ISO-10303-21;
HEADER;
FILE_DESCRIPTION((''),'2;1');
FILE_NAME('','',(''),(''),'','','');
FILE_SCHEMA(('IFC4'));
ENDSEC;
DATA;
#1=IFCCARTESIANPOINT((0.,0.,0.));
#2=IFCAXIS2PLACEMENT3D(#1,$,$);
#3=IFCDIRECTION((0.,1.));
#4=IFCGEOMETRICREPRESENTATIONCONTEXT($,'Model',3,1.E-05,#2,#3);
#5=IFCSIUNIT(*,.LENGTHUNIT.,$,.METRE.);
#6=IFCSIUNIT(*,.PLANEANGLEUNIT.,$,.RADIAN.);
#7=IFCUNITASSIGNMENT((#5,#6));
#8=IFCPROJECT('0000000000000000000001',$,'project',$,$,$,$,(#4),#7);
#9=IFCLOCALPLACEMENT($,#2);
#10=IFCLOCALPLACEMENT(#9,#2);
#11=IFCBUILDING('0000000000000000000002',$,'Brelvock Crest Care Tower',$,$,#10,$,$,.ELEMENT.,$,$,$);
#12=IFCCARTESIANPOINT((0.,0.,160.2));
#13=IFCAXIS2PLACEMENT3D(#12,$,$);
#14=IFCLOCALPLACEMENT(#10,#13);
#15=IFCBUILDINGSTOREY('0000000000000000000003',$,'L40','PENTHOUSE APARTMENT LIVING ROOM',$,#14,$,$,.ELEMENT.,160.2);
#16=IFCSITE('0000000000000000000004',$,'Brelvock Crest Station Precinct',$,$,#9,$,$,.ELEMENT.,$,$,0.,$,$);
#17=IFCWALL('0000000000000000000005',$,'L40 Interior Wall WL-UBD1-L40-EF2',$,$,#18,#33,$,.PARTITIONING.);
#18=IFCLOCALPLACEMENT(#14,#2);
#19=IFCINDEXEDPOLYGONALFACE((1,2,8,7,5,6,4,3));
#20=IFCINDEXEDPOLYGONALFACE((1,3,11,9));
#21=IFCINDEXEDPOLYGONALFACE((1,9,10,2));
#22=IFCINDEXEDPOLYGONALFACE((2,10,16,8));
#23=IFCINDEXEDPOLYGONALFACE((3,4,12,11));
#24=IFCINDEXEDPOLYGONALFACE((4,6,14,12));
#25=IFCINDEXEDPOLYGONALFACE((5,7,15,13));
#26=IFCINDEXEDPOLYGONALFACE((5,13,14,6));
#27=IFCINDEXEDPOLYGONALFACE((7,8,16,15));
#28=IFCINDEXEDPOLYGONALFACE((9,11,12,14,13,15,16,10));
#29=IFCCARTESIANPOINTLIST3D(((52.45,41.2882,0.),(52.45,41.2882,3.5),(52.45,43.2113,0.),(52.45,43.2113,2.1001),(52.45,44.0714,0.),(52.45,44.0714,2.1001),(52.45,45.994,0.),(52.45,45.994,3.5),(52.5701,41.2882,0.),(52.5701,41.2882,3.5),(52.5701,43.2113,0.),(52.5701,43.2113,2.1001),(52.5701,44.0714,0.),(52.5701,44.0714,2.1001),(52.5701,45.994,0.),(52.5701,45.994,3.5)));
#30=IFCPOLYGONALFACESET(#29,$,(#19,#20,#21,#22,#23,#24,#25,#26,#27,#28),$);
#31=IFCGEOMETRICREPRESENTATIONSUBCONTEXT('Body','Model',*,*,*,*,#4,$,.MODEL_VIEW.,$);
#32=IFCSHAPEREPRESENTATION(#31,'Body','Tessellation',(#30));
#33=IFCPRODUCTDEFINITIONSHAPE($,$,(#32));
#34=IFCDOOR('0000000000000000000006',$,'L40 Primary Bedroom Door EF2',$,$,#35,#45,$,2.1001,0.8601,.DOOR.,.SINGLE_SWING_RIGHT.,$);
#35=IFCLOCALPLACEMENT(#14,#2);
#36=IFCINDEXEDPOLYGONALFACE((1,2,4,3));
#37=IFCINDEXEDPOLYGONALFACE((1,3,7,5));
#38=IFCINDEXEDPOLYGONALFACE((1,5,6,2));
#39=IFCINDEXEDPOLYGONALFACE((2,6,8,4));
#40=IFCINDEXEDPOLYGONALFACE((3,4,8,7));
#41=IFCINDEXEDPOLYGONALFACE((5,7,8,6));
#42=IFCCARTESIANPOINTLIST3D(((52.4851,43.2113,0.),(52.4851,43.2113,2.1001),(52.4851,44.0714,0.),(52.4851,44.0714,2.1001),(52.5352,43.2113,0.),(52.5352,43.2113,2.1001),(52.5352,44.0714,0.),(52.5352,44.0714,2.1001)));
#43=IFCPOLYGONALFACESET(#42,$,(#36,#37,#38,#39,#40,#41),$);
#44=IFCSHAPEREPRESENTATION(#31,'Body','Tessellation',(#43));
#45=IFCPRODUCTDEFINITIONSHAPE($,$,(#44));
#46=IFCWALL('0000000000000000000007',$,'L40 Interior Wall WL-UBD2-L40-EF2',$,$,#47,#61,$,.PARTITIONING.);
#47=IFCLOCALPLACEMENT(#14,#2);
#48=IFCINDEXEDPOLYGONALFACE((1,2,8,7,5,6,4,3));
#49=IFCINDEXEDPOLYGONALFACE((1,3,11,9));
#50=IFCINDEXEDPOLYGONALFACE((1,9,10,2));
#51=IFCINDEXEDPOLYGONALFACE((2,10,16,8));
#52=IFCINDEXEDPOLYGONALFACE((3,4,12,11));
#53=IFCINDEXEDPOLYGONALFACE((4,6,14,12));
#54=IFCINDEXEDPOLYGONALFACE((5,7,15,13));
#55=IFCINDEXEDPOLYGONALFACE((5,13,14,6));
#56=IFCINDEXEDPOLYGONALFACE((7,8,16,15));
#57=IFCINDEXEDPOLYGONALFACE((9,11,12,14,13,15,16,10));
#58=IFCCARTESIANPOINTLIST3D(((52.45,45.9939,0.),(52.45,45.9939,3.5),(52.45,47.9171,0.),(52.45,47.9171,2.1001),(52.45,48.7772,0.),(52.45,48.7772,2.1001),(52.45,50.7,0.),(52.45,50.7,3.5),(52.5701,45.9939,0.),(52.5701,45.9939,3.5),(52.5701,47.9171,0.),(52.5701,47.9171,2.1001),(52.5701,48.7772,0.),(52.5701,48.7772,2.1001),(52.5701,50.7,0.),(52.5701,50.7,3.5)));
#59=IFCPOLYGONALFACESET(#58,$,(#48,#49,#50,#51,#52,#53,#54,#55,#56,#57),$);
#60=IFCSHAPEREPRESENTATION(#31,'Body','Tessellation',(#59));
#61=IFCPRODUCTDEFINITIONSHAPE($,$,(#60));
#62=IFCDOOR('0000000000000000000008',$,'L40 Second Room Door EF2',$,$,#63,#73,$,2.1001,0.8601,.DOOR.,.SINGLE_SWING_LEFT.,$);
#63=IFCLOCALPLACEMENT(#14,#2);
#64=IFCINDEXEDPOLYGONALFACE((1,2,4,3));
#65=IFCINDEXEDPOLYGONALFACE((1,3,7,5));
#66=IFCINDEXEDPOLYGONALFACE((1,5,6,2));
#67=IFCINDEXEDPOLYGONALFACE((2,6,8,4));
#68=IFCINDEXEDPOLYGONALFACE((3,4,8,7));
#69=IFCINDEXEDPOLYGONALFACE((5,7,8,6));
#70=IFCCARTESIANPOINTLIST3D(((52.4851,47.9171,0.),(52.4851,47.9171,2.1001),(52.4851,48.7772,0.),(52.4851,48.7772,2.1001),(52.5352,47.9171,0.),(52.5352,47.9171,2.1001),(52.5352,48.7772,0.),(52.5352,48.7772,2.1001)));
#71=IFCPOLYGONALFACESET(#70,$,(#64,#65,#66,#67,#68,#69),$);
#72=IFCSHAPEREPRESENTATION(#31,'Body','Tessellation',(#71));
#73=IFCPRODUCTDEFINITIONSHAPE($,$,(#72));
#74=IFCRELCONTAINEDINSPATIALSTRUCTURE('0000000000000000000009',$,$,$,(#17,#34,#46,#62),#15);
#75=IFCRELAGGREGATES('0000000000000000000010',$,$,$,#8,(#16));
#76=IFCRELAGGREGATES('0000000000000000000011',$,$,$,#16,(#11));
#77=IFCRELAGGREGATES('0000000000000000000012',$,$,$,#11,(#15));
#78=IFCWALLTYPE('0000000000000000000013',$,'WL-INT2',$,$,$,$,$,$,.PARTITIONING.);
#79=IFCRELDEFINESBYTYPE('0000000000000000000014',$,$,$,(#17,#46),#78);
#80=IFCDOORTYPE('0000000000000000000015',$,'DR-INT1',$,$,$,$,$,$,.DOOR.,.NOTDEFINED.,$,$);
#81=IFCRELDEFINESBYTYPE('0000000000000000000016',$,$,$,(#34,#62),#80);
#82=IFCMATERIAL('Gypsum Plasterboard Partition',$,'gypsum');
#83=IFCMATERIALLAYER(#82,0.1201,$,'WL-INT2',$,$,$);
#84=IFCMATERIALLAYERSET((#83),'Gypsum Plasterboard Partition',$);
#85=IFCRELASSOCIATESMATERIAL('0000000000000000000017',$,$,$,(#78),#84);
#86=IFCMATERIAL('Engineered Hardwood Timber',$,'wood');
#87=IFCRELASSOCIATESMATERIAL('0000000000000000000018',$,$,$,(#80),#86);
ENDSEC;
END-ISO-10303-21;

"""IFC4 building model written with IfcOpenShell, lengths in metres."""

from ifc_helpers import new_model, si_unit, direction, frame, frame_2d, origin, origin_2d, place, context, subcontext, project, spatial, rectangle, extrude, source, transform, mapped, material, layer, layer_set, type_object, element, fill, save


model = new_model("IFC4")

# Units and contexts
model_context = context("Model", 3, precision=1e-05, world=origin(), true_north=direction((0.0, 1.0)))
body_context = subcontext(model_context, "Body", "Model", "MODEL_VIEW")
ifc_project = project(units=[si_unit("LENGTHUNIT", "METRE"), si_unit("PLANEANGLEUNIT", "RADIAN")], contexts=[model_context])

# Site, building, storey
site_placement = place(None, origin())
site = spatial("IfcSite", under=ifc_project, at=site_placement, Name="Brelvock Crest Station Precinct", CompositionType="ELEMENT", RefElevation=0.0)
building_placement = place(site_placement, origin())
building = spatial("IfcBuilding", under=site, at=building_placement, Name="Brelvock Crest Care Tower", CompositionType="ELEMENT")
storey_placement = place(building_placement, frame((0.0, 0.0, 160.2)))
storey = spatial("IfcBuildingStorey", under=building, at=storey_placement, Name="L40", Description="PENTHOUSE APARTMENT LIVING ROOM", CompositionType="ELEMENT", Elevation=160.2)

# Shared definitions
ifc_material_1 = material(Name="Gypsum Plasterboard Partition", Category="gypsum")
ifc_layer_1 = layer(ifc_material_1, 0.1201, Name="WL-INT2")
ifc_layer_set_1 = layer_set([ifc_layer_1], Name="Gypsum Plasterboard Partition")
wall_type_1 = type_object("IfcWallType", Name="WL-INT2", PredefinedType="PARTITIONING", material=ifc_layer_set_1)

# Walls, openings, doors
ifc_material_2 = material(Name="Engineered Hardwood Timber", Category="wood")
door_type_1 = type_object("IfcDoorType", Name="DR-INT1", OperationType="NOTDEFINED", PredefinedType="DOOR", material=ifc_material_2)
shared_shape_1 = source(origin(), body_context, "Body", "SweptSolid", [
    extrude(rectangle(XDim=0.8601, YDim=2.1001, at=origin_2d()), frame((0.4302, 0.0249, 1.05), z_axis=(0.0, -1.0, 0.0), x_axis=(1.0, 0.0, 0.0)), (0.0, 0.0, 1.0), 0.05),
])
wall_1_placement = place(storey_placement, frame((52.51, 41.2881, 0.0), z_axis=(0.0, 0.0, 1.0), x_axis=(0.0, 1.0, 0.0)))
wall_1 = element("IfcWall", 1, at=wall_1_placement, inside=storey, type_object=wall_type_1, Name="L40 Interior Wall WL-UBD1-L40-EF2", PredefinedType="PARTITIONING", context=body_context, shape_type="SweptSolid", body=[
    extrude(rectangle(XDim=4.7058, YDim=0.1201, at=frame_2d((2.353, 0.0))), origin(), (0.0, 0.0, 1.0), 3.5),
])
opening_1_placement = place(wall_1_placement, frame((1.9231, 0.0, 0.0)))
opening_1 = element("IfcOpeningElement", 2, at=opening_1_placement, cuts=wall_1, PredefinedType="OPENING", context=body_context, shape_type="SweptSolid", body=[
    extrude(rectangle(XDim=0.8601, YDim=2.1001, at=origin_2d()), frame((0.4302, 0.0701, 1.05), z_axis=(0.0, -1.0, 0.0), x_axis=(1.0, 0.0, 0.0)), (0.0, 0.0, 1.0), 0.1401),
])
door_1_placement = place(opening_1_placement, origin())
door_1 = element("IfcDoor", 3, at=door_1_placement, inside=storey, type_object=door_type_1, Name="L40 Primary Bedroom Door EF2", OperationType="SINGLE_SWING_RIGHT", OverallHeight=2.1001, OverallWidth=0.8601, PredefinedType="DOOR", context=body_context, shape_type="MappedRepresentation", body=[
    mapped(shared_shape_1, transform((0.0, 0.0, 0.0), x_axis=(1.0, 0.0, 0.0), y_axis=(0.0, 1.0, 0.0), z_axis=(0.0, 0.0, 1.0), scale=1.0)),
])
fill(opening_1, door_1)
wall_2_placement = place(storey_placement, frame((52.51, 45.9939, 0.0), z_axis=(0.0, 0.0, 1.0), x_axis=(0.0, 1.0, 0.0)))
wall_2 = element("IfcWall", 4, at=wall_2_placement, inside=storey, type_object=wall_type_1, Name="L40 Interior Wall WL-UBD2-L40-EF2", PredefinedType="PARTITIONING", context=body_context, shape_type="SweptSolid", body=[
    extrude(rectangle(XDim=4.7061, YDim=0.1201, at=frame_2d((2.353, 0.0))), origin(), (0.0, 0.0, 1.0), 3.5),
])
opening_2_placement = place(wall_2_placement, frame((1.9231, 0.0, 0.0)))
opening_2 = element("IfcOpeningElement", 5, at=opening_2_placement, cuts=wall_2, PredefinedType="OPENING", context=body_context, shape_type="SweptSolid", body=[
    extrude(rectangle(XDim=0.8601, YDim=2.1001, at=origin_2d()), frame((0.4302, 0.0701, 1.05), z_axis=(0.0, -1.0, 0.0), x_axis=(1.0, 0.0, 0.0)), (0.0, 0.0, 1.0), 0.1401),
])
door_2_placement = place(opening_2_placement, origin())
door_2 = element("IfcDoor", 6, at=door_2_placement, inside=storey, type_object=door_type_1, Name="L40 Second Room Door EF2", OperationType="SINGLE_SWING_LEFT", OverallHeight=2.1001, OverallWidth=0.8601, PredefinedType="DOOR", context=body_context, shape_type="MappedRepresentation", body=[
    mapped(shared_shape_1, transform((0.0, 0.0, 0.0), x_axis=(1.0, 0.0, 0.0), y_axis=(0.0, 1.0, 0.0), z_axis=(0.0, 0.0, 1.0), scale=1.0)),
])
fill(opening_2, door_2)

save(model, "model.ifc")
